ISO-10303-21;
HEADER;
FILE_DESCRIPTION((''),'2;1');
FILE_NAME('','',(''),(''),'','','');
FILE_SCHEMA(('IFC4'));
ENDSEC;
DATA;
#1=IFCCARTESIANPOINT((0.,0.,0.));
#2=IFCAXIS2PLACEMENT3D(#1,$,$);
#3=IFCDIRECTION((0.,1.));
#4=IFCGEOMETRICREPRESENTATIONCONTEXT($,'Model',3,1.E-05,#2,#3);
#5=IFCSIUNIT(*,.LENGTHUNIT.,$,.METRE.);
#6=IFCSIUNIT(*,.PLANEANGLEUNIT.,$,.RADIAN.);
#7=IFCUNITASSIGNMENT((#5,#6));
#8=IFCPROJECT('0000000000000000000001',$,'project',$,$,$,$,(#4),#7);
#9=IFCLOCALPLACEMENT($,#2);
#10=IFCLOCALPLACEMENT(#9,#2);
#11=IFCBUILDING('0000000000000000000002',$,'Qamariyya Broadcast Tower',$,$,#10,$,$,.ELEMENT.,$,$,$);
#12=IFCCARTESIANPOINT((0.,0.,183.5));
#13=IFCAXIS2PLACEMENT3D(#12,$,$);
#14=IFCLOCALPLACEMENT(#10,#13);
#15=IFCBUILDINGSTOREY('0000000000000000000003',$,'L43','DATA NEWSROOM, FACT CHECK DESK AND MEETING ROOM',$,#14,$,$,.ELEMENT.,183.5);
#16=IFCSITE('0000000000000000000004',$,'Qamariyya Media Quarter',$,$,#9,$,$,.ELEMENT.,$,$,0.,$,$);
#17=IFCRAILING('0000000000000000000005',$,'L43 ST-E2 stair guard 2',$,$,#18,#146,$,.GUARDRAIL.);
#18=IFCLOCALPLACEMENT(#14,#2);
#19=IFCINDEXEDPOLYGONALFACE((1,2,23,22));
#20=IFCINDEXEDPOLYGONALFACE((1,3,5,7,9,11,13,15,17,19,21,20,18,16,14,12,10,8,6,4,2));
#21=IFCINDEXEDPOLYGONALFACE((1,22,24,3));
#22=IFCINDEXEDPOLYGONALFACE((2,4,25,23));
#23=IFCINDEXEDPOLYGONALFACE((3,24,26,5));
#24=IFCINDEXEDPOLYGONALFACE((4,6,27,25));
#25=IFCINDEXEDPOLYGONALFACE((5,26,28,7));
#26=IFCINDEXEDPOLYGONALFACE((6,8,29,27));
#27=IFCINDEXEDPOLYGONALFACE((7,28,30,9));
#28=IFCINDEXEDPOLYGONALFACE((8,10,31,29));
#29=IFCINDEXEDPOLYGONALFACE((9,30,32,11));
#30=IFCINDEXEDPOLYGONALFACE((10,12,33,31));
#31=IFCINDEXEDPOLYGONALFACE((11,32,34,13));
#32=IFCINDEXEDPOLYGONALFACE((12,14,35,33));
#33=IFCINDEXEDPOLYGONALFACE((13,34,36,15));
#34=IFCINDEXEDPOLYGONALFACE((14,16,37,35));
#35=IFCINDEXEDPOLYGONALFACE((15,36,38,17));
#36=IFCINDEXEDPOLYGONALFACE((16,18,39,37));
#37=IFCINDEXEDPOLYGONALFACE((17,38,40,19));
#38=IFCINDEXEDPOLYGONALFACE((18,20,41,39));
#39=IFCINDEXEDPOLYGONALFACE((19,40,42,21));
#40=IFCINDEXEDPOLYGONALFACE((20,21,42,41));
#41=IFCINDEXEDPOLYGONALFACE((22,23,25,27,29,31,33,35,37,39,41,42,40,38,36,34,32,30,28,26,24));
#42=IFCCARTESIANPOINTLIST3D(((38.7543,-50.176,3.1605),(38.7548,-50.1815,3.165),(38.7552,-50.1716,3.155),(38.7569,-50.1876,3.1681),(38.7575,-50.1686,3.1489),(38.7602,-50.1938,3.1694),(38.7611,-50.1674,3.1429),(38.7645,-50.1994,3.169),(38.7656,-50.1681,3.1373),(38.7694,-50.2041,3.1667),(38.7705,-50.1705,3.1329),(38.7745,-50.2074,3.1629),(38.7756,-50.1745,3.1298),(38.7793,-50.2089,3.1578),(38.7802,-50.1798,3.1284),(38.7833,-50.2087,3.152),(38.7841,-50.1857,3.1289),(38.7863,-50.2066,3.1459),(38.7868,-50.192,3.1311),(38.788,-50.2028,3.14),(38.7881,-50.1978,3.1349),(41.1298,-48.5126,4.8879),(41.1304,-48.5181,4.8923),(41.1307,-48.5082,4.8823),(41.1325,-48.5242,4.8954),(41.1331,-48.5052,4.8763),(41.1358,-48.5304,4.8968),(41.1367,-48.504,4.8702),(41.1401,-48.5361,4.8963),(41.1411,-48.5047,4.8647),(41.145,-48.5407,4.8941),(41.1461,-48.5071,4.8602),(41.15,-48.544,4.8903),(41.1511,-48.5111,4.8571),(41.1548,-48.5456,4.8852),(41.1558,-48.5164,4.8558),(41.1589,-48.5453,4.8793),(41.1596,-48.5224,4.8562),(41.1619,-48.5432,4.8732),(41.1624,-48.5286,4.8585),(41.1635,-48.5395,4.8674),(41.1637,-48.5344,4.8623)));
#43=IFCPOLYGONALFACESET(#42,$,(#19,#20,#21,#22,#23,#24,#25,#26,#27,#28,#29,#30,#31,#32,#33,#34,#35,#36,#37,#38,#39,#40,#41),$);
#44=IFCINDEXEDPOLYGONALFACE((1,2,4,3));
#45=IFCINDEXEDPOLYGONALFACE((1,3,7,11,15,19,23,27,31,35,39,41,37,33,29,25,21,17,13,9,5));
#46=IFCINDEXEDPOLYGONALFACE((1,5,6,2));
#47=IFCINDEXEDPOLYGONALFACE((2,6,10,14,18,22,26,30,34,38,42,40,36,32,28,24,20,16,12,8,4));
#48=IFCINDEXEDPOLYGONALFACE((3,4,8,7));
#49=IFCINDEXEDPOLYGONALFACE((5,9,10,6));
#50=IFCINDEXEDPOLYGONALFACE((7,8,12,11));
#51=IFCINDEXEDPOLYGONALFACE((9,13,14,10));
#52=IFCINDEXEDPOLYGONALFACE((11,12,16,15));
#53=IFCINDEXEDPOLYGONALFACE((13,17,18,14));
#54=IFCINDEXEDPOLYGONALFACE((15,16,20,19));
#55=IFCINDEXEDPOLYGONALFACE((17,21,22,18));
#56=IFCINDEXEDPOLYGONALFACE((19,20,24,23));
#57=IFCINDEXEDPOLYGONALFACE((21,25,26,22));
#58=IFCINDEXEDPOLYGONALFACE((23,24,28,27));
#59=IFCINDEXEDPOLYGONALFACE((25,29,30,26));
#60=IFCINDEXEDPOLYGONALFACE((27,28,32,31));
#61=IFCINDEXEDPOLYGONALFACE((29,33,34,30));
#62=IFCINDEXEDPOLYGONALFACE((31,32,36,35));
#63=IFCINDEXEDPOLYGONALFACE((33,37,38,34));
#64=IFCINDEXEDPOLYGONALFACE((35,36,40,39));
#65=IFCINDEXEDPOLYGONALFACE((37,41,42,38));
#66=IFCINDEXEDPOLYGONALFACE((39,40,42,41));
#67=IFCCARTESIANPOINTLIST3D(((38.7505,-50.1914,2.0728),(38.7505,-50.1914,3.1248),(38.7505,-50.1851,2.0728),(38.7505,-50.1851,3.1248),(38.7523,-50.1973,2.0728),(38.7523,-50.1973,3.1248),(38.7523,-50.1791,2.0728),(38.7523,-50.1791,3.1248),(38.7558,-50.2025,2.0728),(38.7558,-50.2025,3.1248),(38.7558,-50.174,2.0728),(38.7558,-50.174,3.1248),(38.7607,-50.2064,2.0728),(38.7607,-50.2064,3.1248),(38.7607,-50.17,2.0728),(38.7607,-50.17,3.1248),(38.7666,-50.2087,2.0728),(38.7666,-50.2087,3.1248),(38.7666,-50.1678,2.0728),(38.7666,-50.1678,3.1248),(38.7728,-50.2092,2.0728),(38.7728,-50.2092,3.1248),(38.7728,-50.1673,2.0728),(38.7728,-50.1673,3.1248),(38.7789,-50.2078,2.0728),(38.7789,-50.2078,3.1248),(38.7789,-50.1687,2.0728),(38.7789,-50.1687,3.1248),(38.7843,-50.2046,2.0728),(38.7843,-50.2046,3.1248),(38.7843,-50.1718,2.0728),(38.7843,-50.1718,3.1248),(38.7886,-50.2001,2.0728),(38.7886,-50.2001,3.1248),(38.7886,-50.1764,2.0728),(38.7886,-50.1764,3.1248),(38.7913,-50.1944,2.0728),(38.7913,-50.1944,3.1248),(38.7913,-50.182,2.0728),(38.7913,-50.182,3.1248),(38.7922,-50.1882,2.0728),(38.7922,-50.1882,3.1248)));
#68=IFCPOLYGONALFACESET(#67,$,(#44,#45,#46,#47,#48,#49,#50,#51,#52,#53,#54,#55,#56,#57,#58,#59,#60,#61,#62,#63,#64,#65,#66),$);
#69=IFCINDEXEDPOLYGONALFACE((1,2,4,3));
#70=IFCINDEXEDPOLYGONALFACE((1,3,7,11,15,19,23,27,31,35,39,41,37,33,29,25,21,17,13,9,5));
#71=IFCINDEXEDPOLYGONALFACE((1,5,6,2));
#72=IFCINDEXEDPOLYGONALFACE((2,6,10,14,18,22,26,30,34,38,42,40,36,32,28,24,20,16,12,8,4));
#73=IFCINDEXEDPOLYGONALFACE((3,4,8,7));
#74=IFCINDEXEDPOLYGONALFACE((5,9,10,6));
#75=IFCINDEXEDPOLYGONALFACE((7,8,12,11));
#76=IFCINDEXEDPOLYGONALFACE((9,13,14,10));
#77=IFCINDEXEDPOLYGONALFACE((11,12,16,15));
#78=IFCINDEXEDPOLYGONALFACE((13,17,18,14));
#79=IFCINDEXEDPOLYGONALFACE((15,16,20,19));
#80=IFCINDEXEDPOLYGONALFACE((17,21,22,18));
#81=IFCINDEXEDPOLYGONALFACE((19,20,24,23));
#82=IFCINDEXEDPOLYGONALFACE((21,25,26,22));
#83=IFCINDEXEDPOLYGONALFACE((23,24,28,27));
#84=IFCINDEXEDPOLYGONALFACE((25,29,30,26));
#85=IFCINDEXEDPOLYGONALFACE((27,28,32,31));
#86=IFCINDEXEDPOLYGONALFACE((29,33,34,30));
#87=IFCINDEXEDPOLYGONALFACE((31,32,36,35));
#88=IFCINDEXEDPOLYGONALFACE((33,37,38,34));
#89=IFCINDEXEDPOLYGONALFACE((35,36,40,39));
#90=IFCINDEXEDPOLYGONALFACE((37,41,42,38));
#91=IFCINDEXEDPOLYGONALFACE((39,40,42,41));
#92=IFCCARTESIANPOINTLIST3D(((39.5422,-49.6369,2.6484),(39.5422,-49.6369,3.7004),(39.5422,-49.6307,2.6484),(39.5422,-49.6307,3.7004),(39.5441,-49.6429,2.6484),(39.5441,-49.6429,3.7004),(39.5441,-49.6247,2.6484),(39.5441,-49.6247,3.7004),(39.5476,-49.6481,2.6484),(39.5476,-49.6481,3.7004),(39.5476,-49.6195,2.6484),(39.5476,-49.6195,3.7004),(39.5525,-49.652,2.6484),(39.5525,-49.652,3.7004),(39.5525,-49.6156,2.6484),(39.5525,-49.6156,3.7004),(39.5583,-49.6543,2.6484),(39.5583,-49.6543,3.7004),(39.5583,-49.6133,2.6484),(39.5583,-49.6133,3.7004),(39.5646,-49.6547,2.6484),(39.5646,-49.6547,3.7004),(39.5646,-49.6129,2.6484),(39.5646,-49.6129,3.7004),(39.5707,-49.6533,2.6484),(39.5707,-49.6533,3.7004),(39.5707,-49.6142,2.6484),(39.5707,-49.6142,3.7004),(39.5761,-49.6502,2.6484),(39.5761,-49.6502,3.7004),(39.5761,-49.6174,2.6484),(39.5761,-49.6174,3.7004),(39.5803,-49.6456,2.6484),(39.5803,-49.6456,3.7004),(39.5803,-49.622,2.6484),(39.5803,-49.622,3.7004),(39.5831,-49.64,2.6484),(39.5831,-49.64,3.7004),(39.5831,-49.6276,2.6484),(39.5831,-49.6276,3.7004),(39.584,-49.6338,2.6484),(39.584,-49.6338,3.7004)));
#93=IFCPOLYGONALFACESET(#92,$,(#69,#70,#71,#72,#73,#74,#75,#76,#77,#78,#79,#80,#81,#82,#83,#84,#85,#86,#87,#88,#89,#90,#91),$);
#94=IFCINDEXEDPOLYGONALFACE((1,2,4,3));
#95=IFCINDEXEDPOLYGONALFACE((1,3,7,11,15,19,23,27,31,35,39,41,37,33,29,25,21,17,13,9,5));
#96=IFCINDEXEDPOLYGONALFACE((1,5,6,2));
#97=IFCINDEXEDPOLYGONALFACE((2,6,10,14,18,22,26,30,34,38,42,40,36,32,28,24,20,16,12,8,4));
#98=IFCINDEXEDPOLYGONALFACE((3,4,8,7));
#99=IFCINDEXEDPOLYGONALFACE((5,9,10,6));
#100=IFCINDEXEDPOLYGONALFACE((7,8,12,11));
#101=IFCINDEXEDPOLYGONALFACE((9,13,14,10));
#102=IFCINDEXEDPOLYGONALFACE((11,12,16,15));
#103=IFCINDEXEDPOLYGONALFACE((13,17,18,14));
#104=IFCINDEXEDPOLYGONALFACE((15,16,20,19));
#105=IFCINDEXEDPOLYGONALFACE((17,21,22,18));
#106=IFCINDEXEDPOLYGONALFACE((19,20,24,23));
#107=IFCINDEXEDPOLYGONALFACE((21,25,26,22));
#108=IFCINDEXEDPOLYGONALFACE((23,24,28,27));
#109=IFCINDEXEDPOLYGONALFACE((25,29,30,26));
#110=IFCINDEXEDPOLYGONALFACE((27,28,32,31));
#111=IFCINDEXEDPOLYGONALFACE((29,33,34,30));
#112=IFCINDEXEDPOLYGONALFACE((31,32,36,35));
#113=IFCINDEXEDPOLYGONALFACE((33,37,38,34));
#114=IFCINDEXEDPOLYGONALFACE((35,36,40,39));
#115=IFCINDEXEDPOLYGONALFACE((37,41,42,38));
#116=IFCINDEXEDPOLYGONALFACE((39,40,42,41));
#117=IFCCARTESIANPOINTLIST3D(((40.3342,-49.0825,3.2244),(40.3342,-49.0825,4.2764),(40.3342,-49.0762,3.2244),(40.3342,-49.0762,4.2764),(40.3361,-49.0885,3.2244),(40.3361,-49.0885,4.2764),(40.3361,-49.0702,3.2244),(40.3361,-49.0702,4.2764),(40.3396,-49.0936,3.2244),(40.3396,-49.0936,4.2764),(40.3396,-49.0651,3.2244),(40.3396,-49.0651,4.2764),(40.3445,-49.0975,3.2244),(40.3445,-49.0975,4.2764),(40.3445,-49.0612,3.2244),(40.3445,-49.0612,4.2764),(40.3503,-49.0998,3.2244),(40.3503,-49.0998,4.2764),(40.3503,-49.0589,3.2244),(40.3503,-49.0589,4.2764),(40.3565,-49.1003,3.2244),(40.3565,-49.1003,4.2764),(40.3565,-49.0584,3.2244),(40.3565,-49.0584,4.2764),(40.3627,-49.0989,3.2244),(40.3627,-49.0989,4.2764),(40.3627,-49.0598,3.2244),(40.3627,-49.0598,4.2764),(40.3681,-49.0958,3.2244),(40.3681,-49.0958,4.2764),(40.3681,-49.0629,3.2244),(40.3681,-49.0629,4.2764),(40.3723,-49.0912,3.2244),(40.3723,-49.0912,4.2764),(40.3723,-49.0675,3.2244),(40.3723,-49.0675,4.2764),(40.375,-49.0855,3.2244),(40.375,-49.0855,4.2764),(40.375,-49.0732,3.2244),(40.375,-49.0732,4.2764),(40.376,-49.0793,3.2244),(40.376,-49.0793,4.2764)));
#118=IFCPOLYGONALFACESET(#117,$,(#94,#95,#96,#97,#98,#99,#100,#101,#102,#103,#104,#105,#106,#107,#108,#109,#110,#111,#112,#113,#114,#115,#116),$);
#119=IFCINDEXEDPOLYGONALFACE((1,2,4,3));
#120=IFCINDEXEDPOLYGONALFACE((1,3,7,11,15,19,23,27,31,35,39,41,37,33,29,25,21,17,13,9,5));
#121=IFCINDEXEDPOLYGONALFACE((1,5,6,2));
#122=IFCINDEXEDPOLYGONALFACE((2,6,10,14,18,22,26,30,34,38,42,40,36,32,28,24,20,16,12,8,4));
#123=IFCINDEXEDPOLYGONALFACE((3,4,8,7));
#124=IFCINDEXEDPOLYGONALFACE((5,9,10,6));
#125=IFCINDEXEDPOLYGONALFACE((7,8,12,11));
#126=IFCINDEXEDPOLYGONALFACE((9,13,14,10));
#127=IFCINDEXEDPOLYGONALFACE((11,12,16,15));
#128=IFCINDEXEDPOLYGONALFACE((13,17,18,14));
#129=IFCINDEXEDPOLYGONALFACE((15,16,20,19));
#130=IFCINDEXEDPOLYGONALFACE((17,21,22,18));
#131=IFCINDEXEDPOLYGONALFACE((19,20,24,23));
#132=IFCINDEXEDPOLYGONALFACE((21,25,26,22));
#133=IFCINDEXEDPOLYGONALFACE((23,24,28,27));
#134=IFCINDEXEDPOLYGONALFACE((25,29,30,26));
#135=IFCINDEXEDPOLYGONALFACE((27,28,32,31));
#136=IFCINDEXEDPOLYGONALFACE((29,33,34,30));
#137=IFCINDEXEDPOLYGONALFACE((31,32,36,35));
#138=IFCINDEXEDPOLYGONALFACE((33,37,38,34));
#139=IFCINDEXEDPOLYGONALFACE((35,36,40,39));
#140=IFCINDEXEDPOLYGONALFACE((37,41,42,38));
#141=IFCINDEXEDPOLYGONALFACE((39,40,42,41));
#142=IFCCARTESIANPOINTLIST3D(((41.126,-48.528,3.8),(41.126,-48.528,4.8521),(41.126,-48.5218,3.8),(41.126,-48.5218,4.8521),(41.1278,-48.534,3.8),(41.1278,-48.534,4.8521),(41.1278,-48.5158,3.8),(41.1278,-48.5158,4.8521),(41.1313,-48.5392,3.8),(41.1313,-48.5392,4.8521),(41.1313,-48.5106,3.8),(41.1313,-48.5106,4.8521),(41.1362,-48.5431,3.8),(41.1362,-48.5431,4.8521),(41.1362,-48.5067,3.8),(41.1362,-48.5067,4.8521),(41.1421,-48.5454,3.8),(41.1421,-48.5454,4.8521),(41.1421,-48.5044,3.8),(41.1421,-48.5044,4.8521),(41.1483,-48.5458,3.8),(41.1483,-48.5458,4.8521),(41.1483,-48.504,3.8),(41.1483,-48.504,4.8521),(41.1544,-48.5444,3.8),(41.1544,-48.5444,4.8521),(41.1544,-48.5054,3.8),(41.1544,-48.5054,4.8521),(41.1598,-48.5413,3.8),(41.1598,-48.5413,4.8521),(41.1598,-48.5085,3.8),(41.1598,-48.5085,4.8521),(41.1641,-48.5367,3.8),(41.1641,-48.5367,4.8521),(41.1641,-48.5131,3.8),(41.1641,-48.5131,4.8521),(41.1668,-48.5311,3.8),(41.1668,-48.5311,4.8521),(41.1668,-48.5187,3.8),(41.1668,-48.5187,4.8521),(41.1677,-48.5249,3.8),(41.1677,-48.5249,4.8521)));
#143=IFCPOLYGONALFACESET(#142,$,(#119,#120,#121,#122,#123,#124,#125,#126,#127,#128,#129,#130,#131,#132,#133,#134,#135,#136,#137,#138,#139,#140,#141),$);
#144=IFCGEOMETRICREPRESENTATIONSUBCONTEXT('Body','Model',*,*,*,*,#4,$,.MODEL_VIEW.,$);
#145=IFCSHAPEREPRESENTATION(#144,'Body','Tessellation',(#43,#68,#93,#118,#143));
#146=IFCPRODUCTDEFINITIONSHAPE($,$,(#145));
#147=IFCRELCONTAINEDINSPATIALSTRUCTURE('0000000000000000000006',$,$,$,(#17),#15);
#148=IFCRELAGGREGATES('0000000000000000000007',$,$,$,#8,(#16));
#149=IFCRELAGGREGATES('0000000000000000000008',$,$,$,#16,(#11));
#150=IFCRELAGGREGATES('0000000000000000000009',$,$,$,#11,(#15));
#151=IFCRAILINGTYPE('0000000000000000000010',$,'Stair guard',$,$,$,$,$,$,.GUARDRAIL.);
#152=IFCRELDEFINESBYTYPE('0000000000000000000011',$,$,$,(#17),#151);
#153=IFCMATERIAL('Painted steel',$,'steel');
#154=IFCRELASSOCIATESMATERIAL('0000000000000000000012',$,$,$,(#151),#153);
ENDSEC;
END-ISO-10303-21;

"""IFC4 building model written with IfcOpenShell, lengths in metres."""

from ifc_helpers import new_model, si_unit, direction, frame, origin, origin_2d, place, context, subcontext, project, spatial, circle, extrude, material, type_object, element, save


model = new_model("IFC4")

# Units and contexts
model_context = context("Model", 3, precision=1e-05, world=origin(), true_north=direction((0.0, 1.0)))
body_context = subcontext(model_context, "Body", "Model", "MODEL_VIEW")
ifc_project = project(units=[si_unit("LENGTHUNIT", "METRE"), si_unit("PLANEANGLEUNIT", "RADIAN")], contexts=[model_context])

# Site, building, storey
site_placement = place(None, origin())
site = spatial("IfcSite", under=ifc_project, at=site_placement, Name="Qamariyya Media Quarter", CompositionType="ELEMENT", RefElevation=0.0)
building_placement = place(site_placement, origin())
building = spatial("IfcBuilding", under=site, at=building_placement, Name="Qamariyya Broadcast Tower", CompositionType="ELEMENT")
storey_placement = place(building_placement, frame((0.0, 0.0, 183.5)))
storey = spatial("IfcBuildingStorey", under=building, at=storey_placement, Name="L43", Description="DATA NEWSROOM, FACT CHECK DESK AND MEETING ROOM", CompositionType="ELEMENT", Elevation=183.5)

# Railing
ifc_material_1 = material(Name="Painted steel", Category="steel")
railing_type = type_object("IfcRailingType", Name="Stair guard", PredefinedType="GUARDRAIL", material=ifc_material_1)
railing_placement = place(storey_placement, frame((38.7712, -50.1882, 2.0728)))
element("IfcRailing", 1, at=railing_placement, inside=storey, type_object=railing_type, Name="L43 ST-E2 stair guard 2", PredefinedType="GUARDRAIL", context=body_context, shape_type="SweptSolid", body=[
    extrude(circle(Radius=0.0239, at=origin_2d()), frame((0.0, 0.0, 1.0762), z_axis=(0.70377, 0.492784, 0.511734), x_axis=(-0.573575, 0.819153, 0.0)), (0.0, 0.0, 1.0), 3.3755),
    extrude(circle(Radius=0.021, at=origin_2d()), origin(), (0.0, 0.0, 1.0), 1.052),
    extrude(circle(Radius=0.021, at=origin_2d()), frame((0.7917, 0.5544, 0.5757)), (0.0, 0.0, 1.0), 1.052),
    extrude(circle(Radius=0.021, at=origin_2d()), frame((1.5837, 1.1089, 1.1516)), (0.0, 0.0, 1.0), 1.052),
    extrude(circle(Radius=0.021, at=origin_2d()), frame((2.3755, 1.6633, 1.7273)), (0.0, 0.0, 1.0), 1.052),
])

save(model, "model.ifc")
